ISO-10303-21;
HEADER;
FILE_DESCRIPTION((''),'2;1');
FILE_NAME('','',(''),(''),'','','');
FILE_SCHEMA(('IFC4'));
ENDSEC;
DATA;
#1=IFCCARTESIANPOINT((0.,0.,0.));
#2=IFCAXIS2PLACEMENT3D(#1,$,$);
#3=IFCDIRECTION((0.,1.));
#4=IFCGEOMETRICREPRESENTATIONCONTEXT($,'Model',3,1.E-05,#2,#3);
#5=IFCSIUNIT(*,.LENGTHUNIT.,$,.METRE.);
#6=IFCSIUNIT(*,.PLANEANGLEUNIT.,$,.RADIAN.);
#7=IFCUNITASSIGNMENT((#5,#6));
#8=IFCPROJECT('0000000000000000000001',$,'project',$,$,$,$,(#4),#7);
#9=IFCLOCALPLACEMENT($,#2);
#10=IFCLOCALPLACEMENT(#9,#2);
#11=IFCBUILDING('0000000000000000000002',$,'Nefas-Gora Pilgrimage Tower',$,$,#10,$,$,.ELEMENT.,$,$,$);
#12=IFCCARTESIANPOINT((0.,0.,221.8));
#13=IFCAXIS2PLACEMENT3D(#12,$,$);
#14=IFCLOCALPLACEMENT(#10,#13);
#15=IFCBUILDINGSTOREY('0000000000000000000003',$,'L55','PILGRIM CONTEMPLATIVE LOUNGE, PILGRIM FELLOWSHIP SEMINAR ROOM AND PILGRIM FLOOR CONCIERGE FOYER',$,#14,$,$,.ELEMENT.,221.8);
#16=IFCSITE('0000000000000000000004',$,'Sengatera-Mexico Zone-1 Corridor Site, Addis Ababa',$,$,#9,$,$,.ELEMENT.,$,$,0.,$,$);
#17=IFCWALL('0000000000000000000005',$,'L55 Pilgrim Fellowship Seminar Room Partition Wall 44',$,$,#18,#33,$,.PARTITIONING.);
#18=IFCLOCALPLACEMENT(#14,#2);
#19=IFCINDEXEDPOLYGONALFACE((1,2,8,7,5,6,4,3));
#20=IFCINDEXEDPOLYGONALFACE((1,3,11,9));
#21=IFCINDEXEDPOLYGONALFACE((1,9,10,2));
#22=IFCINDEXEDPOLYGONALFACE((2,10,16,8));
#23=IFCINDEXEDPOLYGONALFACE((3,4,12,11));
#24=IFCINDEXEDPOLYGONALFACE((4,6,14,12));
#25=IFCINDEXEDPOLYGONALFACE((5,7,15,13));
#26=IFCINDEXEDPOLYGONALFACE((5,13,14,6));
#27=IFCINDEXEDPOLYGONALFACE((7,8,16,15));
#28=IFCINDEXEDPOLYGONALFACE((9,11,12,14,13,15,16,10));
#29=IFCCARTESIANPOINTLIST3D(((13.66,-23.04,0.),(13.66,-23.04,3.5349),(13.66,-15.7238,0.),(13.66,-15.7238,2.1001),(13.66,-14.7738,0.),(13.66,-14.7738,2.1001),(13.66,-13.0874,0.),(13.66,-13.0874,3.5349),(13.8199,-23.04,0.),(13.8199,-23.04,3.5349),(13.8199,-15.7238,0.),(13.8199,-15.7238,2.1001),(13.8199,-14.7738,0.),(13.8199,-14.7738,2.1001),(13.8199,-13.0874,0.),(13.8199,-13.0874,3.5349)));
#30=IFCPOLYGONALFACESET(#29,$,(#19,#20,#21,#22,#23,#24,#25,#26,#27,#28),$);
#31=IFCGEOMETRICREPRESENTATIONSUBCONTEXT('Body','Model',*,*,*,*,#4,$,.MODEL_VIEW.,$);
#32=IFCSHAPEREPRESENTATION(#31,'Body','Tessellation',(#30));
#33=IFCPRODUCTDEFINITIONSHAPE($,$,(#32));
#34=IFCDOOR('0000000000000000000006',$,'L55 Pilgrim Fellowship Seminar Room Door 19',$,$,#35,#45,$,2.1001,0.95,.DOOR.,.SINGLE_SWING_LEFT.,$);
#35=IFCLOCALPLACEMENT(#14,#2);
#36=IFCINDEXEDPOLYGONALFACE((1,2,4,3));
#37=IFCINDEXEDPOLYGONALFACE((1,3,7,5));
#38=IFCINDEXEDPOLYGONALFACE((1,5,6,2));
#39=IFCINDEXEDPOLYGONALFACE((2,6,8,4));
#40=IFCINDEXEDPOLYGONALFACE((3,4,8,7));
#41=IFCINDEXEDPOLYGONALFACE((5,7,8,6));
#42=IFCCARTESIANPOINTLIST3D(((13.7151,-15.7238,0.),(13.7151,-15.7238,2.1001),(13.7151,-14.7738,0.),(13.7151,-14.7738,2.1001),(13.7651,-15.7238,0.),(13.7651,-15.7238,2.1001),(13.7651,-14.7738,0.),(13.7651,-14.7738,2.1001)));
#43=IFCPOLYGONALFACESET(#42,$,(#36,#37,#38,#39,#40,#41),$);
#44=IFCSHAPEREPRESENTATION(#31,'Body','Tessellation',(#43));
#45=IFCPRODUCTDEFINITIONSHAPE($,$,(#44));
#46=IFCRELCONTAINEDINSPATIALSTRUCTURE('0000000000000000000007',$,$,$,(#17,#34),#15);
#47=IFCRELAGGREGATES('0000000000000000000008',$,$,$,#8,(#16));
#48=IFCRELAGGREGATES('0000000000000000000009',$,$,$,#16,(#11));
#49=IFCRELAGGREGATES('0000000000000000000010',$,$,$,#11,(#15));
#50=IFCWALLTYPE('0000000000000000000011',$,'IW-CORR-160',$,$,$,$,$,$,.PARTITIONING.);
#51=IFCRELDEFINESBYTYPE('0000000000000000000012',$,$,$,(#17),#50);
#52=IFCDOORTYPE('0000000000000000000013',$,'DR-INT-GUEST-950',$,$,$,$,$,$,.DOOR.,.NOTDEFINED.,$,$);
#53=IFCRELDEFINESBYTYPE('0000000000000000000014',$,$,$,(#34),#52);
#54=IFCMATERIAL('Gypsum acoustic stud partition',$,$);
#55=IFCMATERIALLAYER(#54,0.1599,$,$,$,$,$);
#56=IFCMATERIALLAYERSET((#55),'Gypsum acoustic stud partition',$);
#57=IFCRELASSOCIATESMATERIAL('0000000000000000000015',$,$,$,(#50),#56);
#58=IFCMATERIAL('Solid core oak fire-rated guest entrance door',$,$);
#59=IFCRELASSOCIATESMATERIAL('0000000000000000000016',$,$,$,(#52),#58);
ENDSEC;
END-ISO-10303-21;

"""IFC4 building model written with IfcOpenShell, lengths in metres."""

from ifc_helpers import new_model, si_unit, direction, frame, frame_2d, origin, place, context, subcontext, project, spatial, rectangle, extrude, source, transform, mapped, material, layer, layer_set, type_object, element, fill, save


model = new_model("IFC4")

# Units and contexts
model_context = context("Model", 3, precision=1e-05, world=origin(), true_north=direction((0.0, 1.0)))
body_context = subcontext(model_context, "Body", "Model", "MODEL_VIEW")
ifc_project = project(units=[si_unit("LENGTHUNIT", "METRE"), si_unit("PLANEANGLEUNIT", "RADIAN")], contexts=[model_context])

# Site, building, storey
site_placement = place(None, origin())
site = spatial("IfcSite", under=ifc_project, at=site_placement, Name="Sengatera-Mexico Zone-1 Corridor Site, Addis Ababa", CompositionType="ELEMENT", RefElevation=0.0)
building_placement = place(site_placement, origin())
building = spatial("IfcBuilding", under=site, at=building_placement, Name="Nefas-Gora Pilgrimage Tower", CompositionType="ELEMENT")
storey_placement = place(building_placement, frame((0.0, 0.0, 221.8)))
storey = spatial("IfcBuildingStorey", under=building, at=storey_placement, Name="L55", Description="PILGRIM CONTEMPLATIVE LOUNGE, PILGRIM FELLOWSHIP SEMINAR ROOM AND PILGRIM FLOOR CONCIERGE FOYER", CompositionType="ELEMENT", Elevation=221.8)

# Wall, opening, door
ifc_material_1 = material(Name="Gypsum acoustic stud partition")
ifc_layer_1 = layer(ifc_material_1, 0.1599)
ifc_layer_set_1 = layer_set([ifc_layer_1], Name="Gypsum acoustic stud partition")
wall_type_1 = type_object("IfcWallType", Name="IW-CORR-160", PredefinedType="PARTITIONING", material=ifc_layer_set_1)
shared_shape_1 = source(origin(), body_context, "Body", "SweptSolid", [
    extrude(rectangle(XDim=9.9526, YDim=0.1599, at=frame_2d((4.9763, 0.0))), origin(), (0.0, 0.0, 1.0), 3.5349),
])
wall_1_placement = place(storey_placement, frame((13.74, -23.04, 0.0), z_axis=(0.0, 0.0, 1.0), x_axis=(0.0, 1.0, 0.0)))
wall_1 = element("IfcWall", 1, at=wall_1_placement, inside=storey, type_object=wall_type_1, Name="L55 Pilgrim Fellowship Seminar Room Partition Wall 44", PredefinedType="PARTITIONING", context=body_context, shape_type="MappedRepresentation", body=[
    mapped(shared_shape_1, transform((0.0, 0.0, 0.0), x_axis=(1.0, 0.0, 0.0), y_axis=(0.0, 1.0, 0.0), z_axis=(0.0, 0.0, 1.0), scale=1.0)),
])
opening_1_placement = place(wall_1_placement, frame((7.3162, 0.0, 0.0)))
opening_1 = element("IfcOpeningElement", 2, at=opening_1_placement, cuts=wall_1, PredefinedType="OPENING", context=body_context, shape_type="SweptSolid", body=[
    extrude(rectangle(XDim=0.95, YDim=2.1001, at=frame_2d((0.4751, 1.05))), frame((0.0, 0.0898, 0.0), z_axis=(0.0, -1.0, 0.0), x_axis=(1.0, 0.0, 0.0)), (0.0, 0.0, 1.0), 0.1799),
])
ifc_material_2 = material(Name="Solid core oak fire-rated guest entrance door")
door_type = type_object("IfcDoorType", Name="DR-INT-GUEST-950", OperationType="NOTDEFINED", PredefinedType="DOOR", material=ifc_material_2)
shared_shape_2 = source(origin(), body_context, "Body", "SweptSolid", [
    extrude(rectangle(XDim=0.95, YDim=2.1001, at=frame_2d((0.4751, 1.05))), frame((0.0, 0.0249, 0.0), z_axis=(0.0, -1.0, 0.0), x_axis=(1.0, 0.0, 0.0)), (0.0, 0.0, 1.0), 0.05),
])
door_placement = place(opening_1_placement, origin())
door = element("IfcDoor", 3, at=door_placement, inside=storey, type_object=door_type, Name="L55 Pilgrim Fellowship Seminar Room Door 19", OperationType="SINGLE_SWING_LEFT", OverallHeight=2.1001, OverallWidth=0.95, PredefinedType="DOOR", context=body_context, shape_type="MappedRepresentation", body=[
    mapped(shared_shape_2, transform((0.0, 0.0, 0.0), x_axis=(1.0, 0.0, 0.0), y_axis=(0.0, 1.0, 0.0), z_axis=(0.0, 0.0, 1.0), scale=1.0)),
])
fill(opening_1, door)

save(model, "model.ifc")
